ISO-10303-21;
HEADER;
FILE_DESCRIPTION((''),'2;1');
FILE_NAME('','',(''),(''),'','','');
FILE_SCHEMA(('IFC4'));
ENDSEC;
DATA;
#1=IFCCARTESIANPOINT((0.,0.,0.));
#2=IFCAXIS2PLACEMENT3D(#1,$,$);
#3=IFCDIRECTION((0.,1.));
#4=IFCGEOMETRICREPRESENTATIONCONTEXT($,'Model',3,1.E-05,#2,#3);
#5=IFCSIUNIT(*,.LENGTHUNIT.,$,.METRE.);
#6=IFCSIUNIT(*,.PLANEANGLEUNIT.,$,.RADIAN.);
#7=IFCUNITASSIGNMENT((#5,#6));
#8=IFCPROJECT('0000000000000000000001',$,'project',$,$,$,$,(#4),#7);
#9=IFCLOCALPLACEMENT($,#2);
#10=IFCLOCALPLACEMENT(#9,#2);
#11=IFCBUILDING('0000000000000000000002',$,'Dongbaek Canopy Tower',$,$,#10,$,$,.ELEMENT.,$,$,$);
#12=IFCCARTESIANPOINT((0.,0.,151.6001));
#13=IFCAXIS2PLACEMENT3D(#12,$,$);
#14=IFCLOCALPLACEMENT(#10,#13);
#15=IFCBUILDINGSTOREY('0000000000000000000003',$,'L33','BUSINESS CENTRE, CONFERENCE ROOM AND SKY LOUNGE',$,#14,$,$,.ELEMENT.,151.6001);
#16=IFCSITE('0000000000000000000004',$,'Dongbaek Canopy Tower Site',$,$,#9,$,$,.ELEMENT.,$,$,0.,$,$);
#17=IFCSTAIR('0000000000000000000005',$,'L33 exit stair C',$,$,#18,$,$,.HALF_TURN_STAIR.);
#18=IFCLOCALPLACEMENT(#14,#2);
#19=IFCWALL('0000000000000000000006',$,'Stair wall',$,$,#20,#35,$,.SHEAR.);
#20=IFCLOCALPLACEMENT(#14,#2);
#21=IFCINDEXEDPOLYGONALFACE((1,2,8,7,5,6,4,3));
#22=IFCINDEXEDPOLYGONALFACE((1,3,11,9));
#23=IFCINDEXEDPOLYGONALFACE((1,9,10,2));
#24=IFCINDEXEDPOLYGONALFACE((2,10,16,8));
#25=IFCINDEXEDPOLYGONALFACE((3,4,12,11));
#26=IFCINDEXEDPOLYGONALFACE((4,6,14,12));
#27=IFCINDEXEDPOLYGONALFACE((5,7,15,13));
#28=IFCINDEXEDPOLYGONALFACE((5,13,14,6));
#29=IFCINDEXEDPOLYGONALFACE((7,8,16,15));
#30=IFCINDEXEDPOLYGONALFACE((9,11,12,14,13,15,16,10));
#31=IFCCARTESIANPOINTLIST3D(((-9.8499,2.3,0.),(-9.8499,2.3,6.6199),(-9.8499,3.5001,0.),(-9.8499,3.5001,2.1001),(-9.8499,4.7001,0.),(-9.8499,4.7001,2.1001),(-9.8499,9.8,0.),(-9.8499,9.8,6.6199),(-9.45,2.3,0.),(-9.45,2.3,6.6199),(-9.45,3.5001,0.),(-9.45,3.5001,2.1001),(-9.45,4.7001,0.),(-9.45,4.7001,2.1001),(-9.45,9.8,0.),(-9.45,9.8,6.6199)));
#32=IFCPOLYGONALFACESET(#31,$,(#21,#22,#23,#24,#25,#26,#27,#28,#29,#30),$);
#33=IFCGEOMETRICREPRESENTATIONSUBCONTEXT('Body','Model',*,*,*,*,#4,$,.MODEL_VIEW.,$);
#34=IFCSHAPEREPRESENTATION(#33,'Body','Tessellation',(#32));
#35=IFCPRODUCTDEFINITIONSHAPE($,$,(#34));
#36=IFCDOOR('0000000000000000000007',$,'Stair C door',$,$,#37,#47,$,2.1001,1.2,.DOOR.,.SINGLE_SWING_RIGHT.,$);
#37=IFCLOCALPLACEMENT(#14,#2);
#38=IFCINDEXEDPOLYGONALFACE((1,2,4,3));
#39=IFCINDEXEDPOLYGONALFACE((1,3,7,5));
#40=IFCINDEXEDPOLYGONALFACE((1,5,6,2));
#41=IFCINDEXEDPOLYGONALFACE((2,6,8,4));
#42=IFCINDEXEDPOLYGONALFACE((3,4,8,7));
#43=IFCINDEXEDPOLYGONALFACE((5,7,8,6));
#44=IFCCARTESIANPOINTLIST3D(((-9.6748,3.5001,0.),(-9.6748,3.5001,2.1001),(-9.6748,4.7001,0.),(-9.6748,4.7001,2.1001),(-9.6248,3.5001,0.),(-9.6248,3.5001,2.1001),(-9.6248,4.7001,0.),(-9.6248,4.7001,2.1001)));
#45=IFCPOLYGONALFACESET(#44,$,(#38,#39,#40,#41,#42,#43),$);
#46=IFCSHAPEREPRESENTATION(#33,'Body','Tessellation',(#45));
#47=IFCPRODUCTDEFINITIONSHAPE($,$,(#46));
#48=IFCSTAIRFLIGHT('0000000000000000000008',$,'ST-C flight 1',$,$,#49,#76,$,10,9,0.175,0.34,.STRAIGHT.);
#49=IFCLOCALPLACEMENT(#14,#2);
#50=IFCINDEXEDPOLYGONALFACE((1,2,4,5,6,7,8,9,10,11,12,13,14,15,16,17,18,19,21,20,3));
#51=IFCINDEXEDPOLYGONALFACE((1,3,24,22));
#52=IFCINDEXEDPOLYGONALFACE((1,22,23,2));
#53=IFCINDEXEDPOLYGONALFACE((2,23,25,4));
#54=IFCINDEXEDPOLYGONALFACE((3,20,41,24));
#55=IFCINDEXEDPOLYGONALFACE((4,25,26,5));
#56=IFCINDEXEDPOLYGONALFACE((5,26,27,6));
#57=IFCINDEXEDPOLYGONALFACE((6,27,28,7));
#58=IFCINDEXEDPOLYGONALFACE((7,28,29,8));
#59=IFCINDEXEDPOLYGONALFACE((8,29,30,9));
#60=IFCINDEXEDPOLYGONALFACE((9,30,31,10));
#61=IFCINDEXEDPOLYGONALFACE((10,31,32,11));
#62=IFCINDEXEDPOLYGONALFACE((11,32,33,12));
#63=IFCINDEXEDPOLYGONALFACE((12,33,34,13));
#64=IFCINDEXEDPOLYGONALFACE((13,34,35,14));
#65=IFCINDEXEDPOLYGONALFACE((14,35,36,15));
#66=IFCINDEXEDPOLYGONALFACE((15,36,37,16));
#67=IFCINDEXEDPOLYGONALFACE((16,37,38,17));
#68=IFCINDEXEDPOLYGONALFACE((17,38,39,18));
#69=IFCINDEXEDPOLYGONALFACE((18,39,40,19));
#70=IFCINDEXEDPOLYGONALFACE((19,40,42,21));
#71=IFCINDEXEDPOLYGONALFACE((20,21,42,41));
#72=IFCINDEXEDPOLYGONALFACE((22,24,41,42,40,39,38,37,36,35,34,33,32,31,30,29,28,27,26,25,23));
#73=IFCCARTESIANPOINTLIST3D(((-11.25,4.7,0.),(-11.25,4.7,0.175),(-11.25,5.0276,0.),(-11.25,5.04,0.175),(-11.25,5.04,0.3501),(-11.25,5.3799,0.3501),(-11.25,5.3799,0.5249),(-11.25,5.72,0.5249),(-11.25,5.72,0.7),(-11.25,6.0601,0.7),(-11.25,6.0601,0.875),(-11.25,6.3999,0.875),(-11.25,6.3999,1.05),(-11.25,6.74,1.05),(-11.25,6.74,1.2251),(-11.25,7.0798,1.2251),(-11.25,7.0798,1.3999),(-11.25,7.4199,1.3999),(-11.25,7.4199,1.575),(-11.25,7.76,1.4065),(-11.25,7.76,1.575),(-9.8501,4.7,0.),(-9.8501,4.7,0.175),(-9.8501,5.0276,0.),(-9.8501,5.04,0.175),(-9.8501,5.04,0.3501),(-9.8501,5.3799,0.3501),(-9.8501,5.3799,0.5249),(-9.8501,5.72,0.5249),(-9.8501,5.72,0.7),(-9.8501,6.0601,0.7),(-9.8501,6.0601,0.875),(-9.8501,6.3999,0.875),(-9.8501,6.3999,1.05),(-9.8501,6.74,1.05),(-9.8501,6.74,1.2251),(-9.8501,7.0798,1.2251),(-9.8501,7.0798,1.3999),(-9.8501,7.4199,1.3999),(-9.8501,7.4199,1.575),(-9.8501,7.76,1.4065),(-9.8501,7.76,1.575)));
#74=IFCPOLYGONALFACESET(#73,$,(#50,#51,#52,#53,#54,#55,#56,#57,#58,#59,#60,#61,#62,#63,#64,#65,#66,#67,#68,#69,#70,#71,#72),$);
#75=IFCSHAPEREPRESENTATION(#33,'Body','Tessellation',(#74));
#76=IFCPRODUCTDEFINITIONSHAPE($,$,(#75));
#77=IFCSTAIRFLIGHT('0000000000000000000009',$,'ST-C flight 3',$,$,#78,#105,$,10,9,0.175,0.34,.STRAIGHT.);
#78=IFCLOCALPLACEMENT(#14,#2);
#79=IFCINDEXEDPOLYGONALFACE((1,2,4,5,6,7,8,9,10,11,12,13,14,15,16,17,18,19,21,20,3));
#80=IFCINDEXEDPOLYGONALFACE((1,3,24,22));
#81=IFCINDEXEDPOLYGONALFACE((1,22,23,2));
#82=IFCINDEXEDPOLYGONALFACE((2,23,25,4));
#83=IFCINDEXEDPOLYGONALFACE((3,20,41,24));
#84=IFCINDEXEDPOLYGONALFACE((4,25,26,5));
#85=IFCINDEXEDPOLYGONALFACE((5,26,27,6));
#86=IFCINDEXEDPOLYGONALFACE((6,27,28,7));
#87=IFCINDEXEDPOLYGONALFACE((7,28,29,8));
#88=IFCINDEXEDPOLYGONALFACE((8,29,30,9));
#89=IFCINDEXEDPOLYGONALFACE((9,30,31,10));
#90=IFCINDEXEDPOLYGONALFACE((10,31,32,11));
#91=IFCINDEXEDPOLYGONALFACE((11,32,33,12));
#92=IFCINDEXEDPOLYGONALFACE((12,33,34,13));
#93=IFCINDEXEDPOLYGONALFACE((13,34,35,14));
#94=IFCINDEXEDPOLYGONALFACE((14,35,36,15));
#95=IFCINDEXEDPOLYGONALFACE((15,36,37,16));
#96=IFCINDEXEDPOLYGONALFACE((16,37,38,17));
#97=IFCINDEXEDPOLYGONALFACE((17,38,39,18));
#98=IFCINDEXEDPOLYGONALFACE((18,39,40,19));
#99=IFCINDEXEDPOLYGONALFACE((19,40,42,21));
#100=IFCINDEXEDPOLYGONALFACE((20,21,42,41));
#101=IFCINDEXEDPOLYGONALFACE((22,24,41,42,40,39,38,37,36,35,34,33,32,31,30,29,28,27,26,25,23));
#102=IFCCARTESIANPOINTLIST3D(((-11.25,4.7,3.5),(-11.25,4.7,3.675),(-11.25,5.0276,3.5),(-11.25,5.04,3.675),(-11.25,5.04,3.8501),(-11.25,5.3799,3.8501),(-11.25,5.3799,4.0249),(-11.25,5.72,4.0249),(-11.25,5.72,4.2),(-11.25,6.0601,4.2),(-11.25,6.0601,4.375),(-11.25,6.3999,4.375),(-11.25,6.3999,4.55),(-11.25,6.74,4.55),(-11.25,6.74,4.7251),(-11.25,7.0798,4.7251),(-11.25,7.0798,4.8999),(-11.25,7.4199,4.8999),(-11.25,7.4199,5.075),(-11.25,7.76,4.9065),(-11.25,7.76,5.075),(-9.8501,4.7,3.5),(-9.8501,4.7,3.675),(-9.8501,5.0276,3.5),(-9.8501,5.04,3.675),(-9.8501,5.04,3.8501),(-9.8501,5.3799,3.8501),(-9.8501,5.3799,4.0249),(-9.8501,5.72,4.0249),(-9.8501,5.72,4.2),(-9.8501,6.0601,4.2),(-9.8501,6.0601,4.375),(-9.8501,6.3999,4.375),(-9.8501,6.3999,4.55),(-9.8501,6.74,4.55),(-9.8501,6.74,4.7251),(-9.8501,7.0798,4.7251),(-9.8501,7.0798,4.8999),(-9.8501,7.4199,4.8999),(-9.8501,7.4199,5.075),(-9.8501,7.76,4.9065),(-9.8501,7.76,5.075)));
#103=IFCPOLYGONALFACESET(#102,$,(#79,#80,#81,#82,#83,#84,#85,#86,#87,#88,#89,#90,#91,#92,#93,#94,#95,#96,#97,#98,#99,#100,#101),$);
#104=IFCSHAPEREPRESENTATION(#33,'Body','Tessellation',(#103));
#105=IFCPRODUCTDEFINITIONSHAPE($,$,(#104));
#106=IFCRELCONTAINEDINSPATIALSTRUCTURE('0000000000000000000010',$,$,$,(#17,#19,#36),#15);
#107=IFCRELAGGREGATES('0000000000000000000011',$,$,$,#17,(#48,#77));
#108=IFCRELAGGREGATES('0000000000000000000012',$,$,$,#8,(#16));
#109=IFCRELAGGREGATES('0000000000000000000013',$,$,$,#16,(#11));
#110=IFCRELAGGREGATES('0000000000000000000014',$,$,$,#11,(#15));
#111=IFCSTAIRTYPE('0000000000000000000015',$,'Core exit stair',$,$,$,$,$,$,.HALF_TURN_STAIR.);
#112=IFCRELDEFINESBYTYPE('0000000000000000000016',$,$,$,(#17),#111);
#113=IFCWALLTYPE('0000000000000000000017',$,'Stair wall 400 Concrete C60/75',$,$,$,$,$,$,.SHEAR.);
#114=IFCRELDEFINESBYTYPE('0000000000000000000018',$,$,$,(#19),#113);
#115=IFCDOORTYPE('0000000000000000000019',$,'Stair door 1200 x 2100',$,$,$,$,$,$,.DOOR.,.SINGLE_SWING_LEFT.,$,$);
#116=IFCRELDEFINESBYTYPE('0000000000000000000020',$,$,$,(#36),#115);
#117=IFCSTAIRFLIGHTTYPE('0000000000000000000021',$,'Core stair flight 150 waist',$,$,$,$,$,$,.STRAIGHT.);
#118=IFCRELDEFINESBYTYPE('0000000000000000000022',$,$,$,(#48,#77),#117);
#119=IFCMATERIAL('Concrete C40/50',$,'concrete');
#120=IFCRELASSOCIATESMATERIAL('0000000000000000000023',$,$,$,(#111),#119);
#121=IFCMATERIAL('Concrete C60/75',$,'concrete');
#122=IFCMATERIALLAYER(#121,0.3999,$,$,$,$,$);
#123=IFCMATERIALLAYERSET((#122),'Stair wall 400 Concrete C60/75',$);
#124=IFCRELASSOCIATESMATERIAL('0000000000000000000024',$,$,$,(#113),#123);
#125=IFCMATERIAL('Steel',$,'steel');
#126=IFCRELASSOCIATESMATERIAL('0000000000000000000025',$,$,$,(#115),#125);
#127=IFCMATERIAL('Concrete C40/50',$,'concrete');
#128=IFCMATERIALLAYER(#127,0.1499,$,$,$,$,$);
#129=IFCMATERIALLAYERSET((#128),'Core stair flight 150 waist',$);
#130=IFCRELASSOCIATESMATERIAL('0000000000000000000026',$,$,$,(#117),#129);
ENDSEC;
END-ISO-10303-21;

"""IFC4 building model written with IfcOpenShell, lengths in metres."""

from ifc_helpers import new_model, si_unit, direction, frame, frame_2d, origin, place, context, subcontext, project, spatial, polyline, rectangle, outline, extrude, material, layer, layer_set, type_object, element, fill, aggregate, save


model = new_model("IFC4")

# Units and contexts
model_context = context("Model", 3, precision=1e-05, world=origin(), true_north=direction((0.0, 1.0)))
body_context = subcontext(model_context, "Body", "Model", "MODEL_VIEW")
ifc_project = project(units=[si_unit("LENGTHUNIT", "METRE"), si_unit("PLANEANGLEUNIT", "RADIAN")], contexts=[model_context])

# Site, building, storey
site_placement = place(None, origin())
site = spatial("IfcSite", under=ifc_project, at=site_placement, Name="Dongbaek Canopy Tower Site", CompositionType="ELEMENT", RefElevation=0.0)
building_placement = place(site_placement, origin())
building = spatial("IfcBuilding", under=site, at=building_placement, Name="Dongbaek Canopy Tower", CompositionType="ELEMENT")
storey_placement = place(building_placement, frame((0.0, 0.0, 151.6001)))
storey = spatial("IfcBuildingStorey", under=building, at=storey_placement, Name="L33", Description="BUSINESS CENTRE, CONFERENCE ROOM AND SKY LOUNGE", CompositionType="ELEMENT", Elevation=151.6001)

# Stair
ifc_material_1 = material(Name="Concrete C40/50", Category="concrete")
stair_type = type_object("IfcStairType", Name="Core exit stair", PredefinedType="HALF_TURN_STAIR", material=ifc_material_1)
stair_1_placement = place(storey_placement, origin())
stair_1 = element("IfcStair", 1, at=stair_1_placement, inside=storey, type_object=stair_type, Name="L33 exit stair C", PredefinedType="HALF_TURN_STAIR")

# Wall, opening, door
ifc_material_2 = material(Name="Concrete C60/75", Category="concrete")
ifc_layer_1 = layer(ifc_material_2, 0.3999)
ifc_layer_set_1 = layer_set([ifc_layer_1], Name="Stair wall 400 Concrete C60/75")
wall_type_1 = type_object("IfcWallType", Name="Stair wall 400 Concrete C60/75", PredefinedType="SHEAR", material=ifc_layer_set_1)
wall_1_placement = place(storey_placement, frame((-9.6499, 2.3, 0.0), z_axis=(0.0, 0.0, 1.0), x_axis=(0.0, 1.0, 0.0)))
wall_1 = element("IfcWall", 2, at=wall_1_placement, inside=storey, type_object=wall_type_1, Name="Stair wall", PredefinedType="SHEAR", context=body_context, shape_type="SweptSolid", body=[
    extrude(rectangle(XDim=7.5, YDim=0.3999, at=frame_2d((3.75, 0.0))), origin(), (0.0, 0.0, 1.0), 6.6199),
])
opening_1_placement = place(wall_1_placement, frame((1.2, 0.0, 0.0)))
opening_1 = element("IfcOpeningElement", 3, at=opening_1_placement, cuts=wall_1, PredefinedType="OPENING", context=body_context, shape_type="SweptSolid", body=[
    extrude(rectangle(XDim=1.2, YDim=2.1001, at=frame_2d((0.6001, 1.05))), frame((0.0, 0.21, 0.0), z_axis=(0.0, -1.0, 0.0), x_axis=(1.0, 0.0, 0.0)), (0.0, 0.0, 1.0), 0.4199),
])
ifc_material_3 = material(Name="Steel", Category="steel")
door_type_1 = type_object("IfcDoorType", Name="Stair door 1200 x 2100", OperationType="SINGLE_SWING_LEFT", PredefinedType="DOOR", material=ifc_material_3)
door_1_placement = place(opening_1_placement, origin())
door_1 = element("IfcDoor", 4, at=door_1_placement, inside=storey, type_object=door_type_1, Name="Stair C door", OperationType="SINGLE_SWING_RIGHT", OverallHeight=2.1001, OverallWidth=1.2, PredefinedType="DOOR", context=body_context, shape_type="SweptSolid", body=[
    extrude(rectangle(XDim=1.2, YDim=2.1001, at=frame_2d((0.6001, 1.05))), frame((0.0, 0.0249, 0.0), z_axis=(0.0, -1.0, 0.0), x_axis=(1.0, 0.0, 0.0)), (0.0, 0.0, 1.0), 0.05),
])
fill(opening_1, door_1)

# Stair flights
ifc_material_4 = material(Name="Concrete C40/50", Category="concrete")
ifc_layer_2 = layer(ifc_material_4, 0.1499)
ifc_layer_set_2 = layer_set([ifc_layer_2], Name="Core stair flight 150 waist")
stair_flight_type = type_object("IfcStairFlightType", Name="Core stair flight 150 waist", PredefinedType="STRAIGHT", material=ifc_layer_set_2)
stair_flight_1_placement = place(storey_placement, frame((-10.55, 4.7, 0.0), z_axis=(0.0, 0.0, 1.0), x_axis=(0.0, 1.0, 0.0)))
stair_flight_1 = element("IfcStairFlight", 5, at=stair_flight_1_placement, type_object=stair_flight_type, Name="ST-C flight 1", NumberOfRisers=10, NumberOfTreads=9, PredefinedType="STRAIGHT", RiserHeight=0.175, TreadLength=0.34, context=body_context, shape_type="SweptSolid", body=[
    extrude(outline(polyline([(0.0, 0.0), (0.0, 0.175), (0.3401, 0.175), (0.3401, 0.3501), (0.6799, 0.3501), (0.6799, 0.5249), (1.02, 0.5249), (1.02, 0.7), (1.3601, 0.7), (1.3601, 0.875), (1.7, 0.875), (1.7, 1.05), (2.04, 1.05), (2.04, 1.2251), (2.3799, 1.2251), (2.3799, 1.3999), (2.72, 1.3999), (2.72, 1.575), (3.0601, 1.575), (3.0601, 1.75), (3.0601, 1.4065), (0.3276, 0.0), (0.0, 0.0)])), frame((0.0, 0.7, 0.0), z_axis=(0.0, -1.0, 0.0), x_axis=(1.0, 0.0, 0.0)), (0.0, 0.0, 1.0), 1.3999),
])
stair_flight_2_placement = place(storey_placement, frame((-10.55, 4.7, 3.5), z_axis=(0.0, 0.0, 1.0), x_axis=(0.0, 1.0, 0.0)))
stair_flight_2 = element("IfcStairFlight", 6, at=stair_flight_2_placement, type_object=stair_flight_type, Name="ST-C flight 3", NumberOfRisers=10, NumberOfTreads=9, PredefinedType="STRAIGHT", RiserHeight=0.175, TreadLength=0.34, context=body_context, shape_type="SweptSolid", body=[
    extrude(outline(polyline([(0.0, 0.0), (0.0, 0.175), (0.3401, 0.175), (0.3401, 0.3501), (0.6799, 0.3501), (0.6799, 0.5249), (1.02, 0.5249), (1.02, 0.7), (1.3601, 0.7), (1.3601, 0.875), (1.7, 0.875), (1.7, 1.05), (2.04, 1.05), (2.04, 1.2251), (2.3799, 1.2251), (2.3799, 1.3999), (2.72, 1.3999), (2.72, 1.575), (3.0601, 1.575), (3.0601, 1.75), (3.0601, 1.4065), (0.3276, 0.0), (0.0, 0.0)])), frame((0.0, 0.7, 0.0), z_axis=(0.0, -1.0, 0.0), x_axis=(1.0, 0.0, 0.0)), (0.0, 0.0, 1.0), 1.3999),
])
aggregate(stair_1, [stair_flight_1, stair_flight_2])

save(model, "model.ifc")
